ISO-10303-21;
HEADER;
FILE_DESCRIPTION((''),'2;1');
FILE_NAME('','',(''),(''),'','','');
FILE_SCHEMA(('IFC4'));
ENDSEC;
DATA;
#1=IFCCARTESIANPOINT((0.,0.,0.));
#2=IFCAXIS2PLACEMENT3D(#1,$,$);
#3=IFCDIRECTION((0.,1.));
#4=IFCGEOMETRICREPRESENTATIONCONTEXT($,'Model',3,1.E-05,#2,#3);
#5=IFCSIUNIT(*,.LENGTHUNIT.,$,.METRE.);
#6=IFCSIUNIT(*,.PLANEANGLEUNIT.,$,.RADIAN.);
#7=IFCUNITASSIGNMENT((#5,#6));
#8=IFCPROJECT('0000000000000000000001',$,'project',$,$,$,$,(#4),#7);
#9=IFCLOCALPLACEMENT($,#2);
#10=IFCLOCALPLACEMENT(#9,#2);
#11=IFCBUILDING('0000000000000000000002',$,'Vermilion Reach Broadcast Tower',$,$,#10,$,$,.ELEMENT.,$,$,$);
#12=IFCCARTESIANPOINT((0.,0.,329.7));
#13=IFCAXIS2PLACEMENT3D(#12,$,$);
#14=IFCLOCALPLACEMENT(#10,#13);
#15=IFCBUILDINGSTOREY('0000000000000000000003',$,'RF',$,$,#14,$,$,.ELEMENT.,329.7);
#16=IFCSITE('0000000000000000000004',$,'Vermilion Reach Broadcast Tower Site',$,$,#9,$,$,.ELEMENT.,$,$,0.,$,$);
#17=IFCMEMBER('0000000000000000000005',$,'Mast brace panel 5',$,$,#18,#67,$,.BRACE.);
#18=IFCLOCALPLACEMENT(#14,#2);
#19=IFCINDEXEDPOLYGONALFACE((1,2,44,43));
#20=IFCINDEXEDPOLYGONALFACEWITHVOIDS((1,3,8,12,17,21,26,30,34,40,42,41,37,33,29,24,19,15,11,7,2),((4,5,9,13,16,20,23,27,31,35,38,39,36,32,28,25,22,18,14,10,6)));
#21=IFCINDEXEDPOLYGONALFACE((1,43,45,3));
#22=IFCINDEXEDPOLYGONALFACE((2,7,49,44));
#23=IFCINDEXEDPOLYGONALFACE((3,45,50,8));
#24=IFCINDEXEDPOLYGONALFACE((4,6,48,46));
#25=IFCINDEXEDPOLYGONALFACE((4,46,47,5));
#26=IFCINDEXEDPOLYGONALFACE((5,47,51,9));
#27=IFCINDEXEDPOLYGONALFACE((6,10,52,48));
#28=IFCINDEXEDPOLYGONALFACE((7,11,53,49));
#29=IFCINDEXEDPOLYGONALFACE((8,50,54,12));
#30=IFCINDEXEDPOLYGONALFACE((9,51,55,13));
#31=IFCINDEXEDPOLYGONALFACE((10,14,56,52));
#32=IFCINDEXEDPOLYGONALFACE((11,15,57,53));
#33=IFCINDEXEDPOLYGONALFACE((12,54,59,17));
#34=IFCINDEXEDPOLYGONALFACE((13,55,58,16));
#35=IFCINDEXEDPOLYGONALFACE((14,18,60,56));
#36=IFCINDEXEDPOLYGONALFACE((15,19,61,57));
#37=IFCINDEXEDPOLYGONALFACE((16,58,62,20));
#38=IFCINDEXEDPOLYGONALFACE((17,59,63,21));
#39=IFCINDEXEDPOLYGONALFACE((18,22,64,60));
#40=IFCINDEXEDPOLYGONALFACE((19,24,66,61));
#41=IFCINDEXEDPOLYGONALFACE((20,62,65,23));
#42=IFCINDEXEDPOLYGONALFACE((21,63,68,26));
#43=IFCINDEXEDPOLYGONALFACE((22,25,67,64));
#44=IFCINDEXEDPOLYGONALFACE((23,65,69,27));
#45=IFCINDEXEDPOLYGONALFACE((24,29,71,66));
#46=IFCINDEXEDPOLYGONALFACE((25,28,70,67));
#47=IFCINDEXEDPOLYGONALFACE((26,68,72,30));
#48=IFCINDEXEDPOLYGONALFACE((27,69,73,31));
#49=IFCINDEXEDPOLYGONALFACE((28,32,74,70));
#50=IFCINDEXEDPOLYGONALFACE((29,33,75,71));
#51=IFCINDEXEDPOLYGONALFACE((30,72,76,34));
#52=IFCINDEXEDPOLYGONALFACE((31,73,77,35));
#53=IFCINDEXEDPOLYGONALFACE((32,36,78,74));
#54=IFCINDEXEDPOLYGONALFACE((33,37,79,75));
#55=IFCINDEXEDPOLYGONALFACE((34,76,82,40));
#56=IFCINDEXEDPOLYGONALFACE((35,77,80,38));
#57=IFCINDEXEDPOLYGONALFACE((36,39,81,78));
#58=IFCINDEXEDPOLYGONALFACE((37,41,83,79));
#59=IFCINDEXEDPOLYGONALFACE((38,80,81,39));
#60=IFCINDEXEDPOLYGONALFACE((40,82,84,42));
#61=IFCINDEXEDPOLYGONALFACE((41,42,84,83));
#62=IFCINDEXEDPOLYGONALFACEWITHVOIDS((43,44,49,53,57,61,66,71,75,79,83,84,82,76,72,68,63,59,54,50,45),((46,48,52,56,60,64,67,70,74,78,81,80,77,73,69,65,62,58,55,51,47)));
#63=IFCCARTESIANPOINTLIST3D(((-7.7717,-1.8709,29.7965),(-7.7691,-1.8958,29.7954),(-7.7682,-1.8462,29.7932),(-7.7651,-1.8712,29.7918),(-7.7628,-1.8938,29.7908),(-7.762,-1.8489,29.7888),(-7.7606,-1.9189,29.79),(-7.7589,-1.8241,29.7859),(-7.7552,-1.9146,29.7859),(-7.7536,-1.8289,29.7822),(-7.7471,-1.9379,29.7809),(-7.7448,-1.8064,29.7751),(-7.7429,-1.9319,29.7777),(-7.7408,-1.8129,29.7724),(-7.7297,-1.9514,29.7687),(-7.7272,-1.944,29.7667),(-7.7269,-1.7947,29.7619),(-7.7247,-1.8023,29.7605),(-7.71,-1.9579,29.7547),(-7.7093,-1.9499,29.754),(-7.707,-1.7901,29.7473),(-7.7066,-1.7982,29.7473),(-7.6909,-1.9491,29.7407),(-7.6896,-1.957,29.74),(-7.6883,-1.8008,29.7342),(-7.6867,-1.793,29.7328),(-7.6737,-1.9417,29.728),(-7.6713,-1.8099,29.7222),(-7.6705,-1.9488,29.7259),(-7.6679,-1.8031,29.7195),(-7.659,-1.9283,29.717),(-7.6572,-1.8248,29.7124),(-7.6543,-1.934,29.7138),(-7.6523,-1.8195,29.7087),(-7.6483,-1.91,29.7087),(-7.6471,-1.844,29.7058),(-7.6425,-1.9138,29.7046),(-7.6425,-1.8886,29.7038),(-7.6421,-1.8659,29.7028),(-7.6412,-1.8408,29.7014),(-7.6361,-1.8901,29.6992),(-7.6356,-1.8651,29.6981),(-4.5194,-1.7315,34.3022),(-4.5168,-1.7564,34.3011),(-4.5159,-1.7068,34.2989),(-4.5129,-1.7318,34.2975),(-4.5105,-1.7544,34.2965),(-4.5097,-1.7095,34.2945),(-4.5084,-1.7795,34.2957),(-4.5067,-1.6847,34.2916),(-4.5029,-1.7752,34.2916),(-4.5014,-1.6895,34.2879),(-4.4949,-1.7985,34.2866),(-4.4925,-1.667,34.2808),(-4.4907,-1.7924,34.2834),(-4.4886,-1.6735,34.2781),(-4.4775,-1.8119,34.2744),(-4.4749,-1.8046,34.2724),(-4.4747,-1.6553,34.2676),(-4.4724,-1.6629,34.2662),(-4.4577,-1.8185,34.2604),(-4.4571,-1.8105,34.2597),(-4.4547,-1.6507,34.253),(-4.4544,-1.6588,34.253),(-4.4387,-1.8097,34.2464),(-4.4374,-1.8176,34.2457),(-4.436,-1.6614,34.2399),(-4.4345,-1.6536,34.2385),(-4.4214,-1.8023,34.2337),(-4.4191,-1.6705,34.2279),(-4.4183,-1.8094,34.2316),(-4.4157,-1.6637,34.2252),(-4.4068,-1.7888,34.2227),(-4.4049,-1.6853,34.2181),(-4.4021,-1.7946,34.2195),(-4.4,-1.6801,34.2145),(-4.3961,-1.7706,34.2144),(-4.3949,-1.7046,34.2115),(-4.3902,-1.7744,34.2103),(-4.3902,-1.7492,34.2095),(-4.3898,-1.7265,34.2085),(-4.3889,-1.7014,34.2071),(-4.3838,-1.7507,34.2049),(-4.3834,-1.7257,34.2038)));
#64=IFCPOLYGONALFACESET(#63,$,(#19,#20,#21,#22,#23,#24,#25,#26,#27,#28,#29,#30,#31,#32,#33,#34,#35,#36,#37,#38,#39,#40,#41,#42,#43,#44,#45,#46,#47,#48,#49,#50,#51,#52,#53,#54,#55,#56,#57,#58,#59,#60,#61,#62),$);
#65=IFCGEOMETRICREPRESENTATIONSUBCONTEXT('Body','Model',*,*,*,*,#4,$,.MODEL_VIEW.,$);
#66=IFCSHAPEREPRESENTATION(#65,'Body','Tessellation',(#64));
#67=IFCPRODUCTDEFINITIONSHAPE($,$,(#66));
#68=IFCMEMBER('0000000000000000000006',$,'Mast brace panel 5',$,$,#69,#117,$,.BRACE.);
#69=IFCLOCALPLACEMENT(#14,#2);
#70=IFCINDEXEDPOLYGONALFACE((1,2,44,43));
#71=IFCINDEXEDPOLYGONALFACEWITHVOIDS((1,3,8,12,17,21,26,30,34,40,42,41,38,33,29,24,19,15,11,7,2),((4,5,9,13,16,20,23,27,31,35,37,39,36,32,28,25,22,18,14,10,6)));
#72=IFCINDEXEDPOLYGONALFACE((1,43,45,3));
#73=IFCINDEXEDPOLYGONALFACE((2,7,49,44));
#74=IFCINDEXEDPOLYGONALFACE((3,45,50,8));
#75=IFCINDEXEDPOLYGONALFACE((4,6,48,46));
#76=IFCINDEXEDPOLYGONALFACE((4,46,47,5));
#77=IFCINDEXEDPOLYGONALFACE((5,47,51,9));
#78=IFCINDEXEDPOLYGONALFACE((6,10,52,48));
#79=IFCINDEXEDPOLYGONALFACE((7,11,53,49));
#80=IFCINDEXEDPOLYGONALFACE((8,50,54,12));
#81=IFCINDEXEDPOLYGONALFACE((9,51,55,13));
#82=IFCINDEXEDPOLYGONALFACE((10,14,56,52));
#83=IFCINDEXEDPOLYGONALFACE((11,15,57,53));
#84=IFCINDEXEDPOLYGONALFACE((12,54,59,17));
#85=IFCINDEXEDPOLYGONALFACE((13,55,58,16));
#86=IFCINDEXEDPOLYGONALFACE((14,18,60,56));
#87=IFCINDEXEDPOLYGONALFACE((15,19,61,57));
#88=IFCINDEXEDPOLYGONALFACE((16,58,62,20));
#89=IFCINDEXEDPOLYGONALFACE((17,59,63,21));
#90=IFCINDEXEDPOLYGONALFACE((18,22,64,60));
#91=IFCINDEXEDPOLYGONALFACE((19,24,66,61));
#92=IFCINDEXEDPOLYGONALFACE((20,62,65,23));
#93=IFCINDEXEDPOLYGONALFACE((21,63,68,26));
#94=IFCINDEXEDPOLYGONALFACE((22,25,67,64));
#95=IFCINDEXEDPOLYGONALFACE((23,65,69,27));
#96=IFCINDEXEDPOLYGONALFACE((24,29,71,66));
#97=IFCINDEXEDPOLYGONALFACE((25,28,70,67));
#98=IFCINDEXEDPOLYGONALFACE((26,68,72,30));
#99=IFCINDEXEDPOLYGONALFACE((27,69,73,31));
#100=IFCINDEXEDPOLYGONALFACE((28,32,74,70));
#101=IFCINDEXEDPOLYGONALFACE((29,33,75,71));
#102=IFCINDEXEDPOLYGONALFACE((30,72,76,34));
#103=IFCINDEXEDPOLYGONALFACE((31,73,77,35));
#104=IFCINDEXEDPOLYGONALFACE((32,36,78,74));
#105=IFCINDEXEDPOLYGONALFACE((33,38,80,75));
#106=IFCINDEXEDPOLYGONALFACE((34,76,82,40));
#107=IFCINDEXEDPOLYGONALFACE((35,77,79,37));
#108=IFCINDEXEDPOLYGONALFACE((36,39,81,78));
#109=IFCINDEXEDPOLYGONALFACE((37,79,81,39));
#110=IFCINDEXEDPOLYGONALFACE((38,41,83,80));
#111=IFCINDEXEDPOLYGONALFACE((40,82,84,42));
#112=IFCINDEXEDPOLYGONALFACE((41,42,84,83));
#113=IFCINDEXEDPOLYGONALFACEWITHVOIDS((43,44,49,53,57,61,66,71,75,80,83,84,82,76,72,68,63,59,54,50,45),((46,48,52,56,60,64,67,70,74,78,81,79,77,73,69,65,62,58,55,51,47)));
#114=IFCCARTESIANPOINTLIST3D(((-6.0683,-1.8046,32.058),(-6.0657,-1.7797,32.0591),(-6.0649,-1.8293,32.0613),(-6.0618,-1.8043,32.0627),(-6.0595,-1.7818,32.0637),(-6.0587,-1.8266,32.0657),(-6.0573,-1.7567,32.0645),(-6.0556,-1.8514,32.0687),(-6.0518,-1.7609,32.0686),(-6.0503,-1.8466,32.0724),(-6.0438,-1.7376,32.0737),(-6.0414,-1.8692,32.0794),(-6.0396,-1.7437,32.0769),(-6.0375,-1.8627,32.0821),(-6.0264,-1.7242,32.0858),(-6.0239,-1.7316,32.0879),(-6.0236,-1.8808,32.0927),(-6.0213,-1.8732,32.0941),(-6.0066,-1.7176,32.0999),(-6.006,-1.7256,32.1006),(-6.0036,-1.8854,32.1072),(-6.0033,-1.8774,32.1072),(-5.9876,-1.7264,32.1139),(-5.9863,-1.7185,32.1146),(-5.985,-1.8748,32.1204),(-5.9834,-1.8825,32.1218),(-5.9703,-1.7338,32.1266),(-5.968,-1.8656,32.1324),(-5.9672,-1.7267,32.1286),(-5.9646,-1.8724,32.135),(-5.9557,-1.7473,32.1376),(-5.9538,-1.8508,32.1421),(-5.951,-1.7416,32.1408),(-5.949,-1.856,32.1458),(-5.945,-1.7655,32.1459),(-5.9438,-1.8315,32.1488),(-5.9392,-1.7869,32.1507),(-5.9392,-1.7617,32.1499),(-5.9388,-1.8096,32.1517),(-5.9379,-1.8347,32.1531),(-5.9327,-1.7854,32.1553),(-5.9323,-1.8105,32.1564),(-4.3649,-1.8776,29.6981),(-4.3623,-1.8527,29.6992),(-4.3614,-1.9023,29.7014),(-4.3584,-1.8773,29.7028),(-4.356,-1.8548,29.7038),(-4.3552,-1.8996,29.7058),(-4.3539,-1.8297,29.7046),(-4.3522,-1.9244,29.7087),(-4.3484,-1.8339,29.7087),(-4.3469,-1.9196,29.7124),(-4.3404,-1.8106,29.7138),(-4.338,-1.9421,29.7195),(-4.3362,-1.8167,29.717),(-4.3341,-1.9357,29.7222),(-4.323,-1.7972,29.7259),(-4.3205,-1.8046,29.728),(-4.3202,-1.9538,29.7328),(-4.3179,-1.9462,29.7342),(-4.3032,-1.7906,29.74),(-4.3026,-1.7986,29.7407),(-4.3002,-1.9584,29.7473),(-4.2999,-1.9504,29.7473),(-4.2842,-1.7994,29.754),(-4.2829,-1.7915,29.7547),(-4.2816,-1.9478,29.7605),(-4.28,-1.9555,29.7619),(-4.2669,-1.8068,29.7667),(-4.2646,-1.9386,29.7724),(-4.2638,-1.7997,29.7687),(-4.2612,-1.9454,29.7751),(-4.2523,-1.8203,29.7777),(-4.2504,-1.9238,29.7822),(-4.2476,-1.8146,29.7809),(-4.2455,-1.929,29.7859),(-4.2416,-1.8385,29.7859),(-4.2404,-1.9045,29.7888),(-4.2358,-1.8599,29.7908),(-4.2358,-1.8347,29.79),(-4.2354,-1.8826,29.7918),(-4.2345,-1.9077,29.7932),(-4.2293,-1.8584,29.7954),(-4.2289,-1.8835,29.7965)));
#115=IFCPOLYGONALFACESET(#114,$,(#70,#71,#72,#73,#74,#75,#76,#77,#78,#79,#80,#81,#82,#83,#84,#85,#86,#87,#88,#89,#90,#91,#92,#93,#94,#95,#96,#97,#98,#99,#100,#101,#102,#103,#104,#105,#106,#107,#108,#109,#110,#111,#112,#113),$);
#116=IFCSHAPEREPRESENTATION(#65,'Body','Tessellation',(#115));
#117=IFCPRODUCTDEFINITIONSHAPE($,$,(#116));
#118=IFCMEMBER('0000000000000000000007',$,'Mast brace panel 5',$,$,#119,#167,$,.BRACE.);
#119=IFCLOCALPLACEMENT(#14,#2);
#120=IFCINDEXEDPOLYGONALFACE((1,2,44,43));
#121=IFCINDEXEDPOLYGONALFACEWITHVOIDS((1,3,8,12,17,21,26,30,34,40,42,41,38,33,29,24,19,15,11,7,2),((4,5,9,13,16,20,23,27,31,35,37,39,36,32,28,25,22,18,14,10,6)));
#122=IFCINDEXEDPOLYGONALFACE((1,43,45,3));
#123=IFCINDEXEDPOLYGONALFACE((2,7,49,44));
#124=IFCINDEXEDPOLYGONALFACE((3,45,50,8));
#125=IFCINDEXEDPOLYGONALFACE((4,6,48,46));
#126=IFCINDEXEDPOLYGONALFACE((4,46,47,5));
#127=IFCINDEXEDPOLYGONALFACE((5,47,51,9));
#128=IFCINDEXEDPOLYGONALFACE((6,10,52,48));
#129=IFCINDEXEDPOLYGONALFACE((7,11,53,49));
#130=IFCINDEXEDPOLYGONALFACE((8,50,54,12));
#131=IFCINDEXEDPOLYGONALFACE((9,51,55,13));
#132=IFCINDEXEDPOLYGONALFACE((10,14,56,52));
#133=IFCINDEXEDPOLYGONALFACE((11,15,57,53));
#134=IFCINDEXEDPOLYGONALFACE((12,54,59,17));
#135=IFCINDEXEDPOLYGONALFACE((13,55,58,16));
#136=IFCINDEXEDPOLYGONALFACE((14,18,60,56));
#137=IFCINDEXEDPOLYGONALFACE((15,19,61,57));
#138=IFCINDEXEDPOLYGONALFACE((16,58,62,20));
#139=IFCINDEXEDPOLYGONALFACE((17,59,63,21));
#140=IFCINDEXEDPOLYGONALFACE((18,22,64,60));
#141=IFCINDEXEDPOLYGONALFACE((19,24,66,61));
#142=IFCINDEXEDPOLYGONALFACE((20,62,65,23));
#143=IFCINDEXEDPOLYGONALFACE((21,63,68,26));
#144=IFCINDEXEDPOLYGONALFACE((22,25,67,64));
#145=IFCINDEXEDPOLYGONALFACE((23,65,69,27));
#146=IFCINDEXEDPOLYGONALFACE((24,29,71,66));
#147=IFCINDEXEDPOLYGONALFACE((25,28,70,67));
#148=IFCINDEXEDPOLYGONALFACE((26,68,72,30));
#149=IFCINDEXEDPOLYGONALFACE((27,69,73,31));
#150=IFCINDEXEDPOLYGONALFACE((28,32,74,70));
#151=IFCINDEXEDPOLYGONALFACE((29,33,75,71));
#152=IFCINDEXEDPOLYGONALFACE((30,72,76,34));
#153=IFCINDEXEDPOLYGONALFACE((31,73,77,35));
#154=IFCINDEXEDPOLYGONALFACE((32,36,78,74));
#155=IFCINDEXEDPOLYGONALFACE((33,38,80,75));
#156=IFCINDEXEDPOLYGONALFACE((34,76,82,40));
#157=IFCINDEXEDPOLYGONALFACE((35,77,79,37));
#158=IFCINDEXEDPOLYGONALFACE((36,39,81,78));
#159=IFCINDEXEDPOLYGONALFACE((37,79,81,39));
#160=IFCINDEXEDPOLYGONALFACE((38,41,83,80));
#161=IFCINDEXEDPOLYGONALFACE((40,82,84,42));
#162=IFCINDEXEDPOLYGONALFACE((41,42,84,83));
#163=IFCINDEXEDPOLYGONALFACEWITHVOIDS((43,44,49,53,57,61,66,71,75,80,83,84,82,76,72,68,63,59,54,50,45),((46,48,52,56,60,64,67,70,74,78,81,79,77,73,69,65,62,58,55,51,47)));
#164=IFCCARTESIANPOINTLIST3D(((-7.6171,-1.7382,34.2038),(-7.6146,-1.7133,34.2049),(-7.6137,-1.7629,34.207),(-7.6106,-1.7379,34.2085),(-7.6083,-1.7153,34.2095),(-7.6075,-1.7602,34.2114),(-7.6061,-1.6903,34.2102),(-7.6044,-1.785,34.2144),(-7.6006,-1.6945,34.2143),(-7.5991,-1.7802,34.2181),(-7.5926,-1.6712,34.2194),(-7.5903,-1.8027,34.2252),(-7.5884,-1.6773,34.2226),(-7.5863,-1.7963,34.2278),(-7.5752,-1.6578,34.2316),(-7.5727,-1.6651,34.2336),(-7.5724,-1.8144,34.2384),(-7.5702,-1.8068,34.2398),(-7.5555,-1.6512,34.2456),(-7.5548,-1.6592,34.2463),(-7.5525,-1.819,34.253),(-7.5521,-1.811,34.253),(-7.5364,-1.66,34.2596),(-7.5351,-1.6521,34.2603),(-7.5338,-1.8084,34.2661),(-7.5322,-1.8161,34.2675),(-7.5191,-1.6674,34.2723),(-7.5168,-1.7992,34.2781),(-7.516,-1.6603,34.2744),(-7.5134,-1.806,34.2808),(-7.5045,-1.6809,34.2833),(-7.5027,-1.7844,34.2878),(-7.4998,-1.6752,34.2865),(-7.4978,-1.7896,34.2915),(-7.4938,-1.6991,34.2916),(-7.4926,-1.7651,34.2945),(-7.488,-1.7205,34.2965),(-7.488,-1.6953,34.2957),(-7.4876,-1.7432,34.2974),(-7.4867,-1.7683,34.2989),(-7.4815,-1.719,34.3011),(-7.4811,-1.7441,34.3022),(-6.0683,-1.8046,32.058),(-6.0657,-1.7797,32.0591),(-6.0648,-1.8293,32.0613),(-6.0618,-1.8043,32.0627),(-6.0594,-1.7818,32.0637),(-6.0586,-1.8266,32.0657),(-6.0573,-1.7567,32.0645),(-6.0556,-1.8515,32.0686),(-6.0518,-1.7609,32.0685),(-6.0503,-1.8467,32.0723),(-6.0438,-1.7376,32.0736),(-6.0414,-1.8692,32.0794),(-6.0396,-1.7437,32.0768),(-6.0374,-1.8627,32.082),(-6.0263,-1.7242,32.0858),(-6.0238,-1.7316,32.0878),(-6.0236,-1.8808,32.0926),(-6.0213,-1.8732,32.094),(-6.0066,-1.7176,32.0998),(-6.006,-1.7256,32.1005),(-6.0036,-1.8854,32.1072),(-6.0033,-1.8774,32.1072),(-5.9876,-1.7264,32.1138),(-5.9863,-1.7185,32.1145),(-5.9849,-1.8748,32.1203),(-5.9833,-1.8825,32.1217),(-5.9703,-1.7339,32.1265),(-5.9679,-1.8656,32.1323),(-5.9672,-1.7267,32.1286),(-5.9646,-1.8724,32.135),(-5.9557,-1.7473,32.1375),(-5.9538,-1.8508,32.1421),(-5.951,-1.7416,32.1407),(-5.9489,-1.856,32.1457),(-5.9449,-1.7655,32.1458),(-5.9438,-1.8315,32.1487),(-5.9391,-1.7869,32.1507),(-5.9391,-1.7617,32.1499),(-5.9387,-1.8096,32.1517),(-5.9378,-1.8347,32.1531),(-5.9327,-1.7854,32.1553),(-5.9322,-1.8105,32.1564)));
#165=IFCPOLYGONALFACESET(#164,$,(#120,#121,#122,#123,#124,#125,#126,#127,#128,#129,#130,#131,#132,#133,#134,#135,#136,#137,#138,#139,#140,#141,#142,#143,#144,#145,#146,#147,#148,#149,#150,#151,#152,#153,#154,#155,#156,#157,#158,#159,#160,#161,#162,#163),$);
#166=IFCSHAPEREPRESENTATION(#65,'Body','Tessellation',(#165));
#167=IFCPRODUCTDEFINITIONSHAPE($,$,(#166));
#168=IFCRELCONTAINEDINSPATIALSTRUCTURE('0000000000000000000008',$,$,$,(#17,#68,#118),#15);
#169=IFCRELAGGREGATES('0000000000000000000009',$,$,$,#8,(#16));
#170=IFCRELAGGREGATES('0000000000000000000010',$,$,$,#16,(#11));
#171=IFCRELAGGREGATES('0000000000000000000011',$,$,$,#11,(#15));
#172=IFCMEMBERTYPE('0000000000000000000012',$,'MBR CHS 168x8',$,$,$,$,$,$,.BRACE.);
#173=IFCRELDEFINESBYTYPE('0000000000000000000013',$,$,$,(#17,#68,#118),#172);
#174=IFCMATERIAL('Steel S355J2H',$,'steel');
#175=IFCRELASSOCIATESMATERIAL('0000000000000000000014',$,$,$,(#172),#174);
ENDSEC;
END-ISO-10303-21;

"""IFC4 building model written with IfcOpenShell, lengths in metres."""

from ifc_helpers import new_model, si_unit, direction, frame, origin, origin_2d, place, context, subcontext, project, spatial, hollow_circle, extrude, material, material_profile, profile_set, type_object, element, save


model = new_model("IFC4")

# Units and contexts
model_context = context("Model", 3, precision=1e-05, world=origin(), true_north=direction((0.0, 1.0)))
body_context = subcontext(model_context, "Body", "Model", "MODEL_VIEW")
ifc_project = project(units=[si_unit("LENGTHUNIT", "METRE"), si_unit("PLANEANGLEUNIT", "RADIAN")], contexts=[model_context])

# Site, building, storey
site_placement = place(None, origin())
site = spatial("IfcSite", under=ifc_project, at=site_placement, Name="Vermilion Reach Broadcast Tower Site", CompositionType="ELEMENT", RefElevation=0.0)
building_placement = place(site_placement, origin())
building = spatial("IfcBuilding", under=site, at=building_placement, Name="Vermilion Reach Broadcast Tower", CompositionType="ELEMENT")
storey_placement = place(building_placement, frame((0.0, 0.0, 329.7)))
storey = spatial("IfcBuildingStorey", under=building, at=storey_placement, Name="RF", CompositionType="ELEMENT", Elevation=329.7)

# Members
ifc_material_1 = material(Name="Steel S355J2H", Category="steel")
ifc_material_profile_1 = material_profile(ifc_material_1, hollow_circle(Radius=0.0842, WallThickness=0.0081, at=origin_2d()), Name="S355J2H CHS 168x8")
ifc_profile_set_1 = profile_set([ifc_material_profile_1], Name="Steel S355J2H")
member_type_1 = type_object("IfcMemberType", Name="MBR CHS 168x8", PredefinedType="BRACE", material=ifc_profile_set_1)
member_1_placement = place(storey_placement, frame((-7.7034, -1.8743, 29.7473), z_axis=(0.585087, 0.02508, 0.810583), x_axis=(-0.042825, 0.999083, 0.0)))
element("IfcMember", 1, at=member_1_placement, inside=storey, type_object=member_type_1, Name="Mast brace panel 5", PredefinedType="BRACE", context=body_context, shape_type="SweptSolid", body=[
    extrude(hollow_circle(Radius=0.0842, WallThickness=0.0081, at=origin_2d()), origin(), (0.0, 0.0, 1.0), 5.5586),
])
member_2_placement = place(storey_placement, frame((-4.2966, -1.8743, 29.7473), z_axis=(-0.585086, 0.025074, 0.810584), x_axis=(-0.042816, -0.999083, 0.0)))
element("IfcMember", 2, at=member_2_placement, inside=storey, type_object=member_type_1, Name="Mast brace panel 5", PredefinedType="BRACE", context=body_context, shape_type="SweptSolid", body=[
    extrude(hollow_circle(Radius=0.0842, WallThickness=0.0081, at=origin_2d()), origin(), (0.0, 0.0, 1.0), 2.9114),
])
member_3_placement = place(storey_placement, frame((-6.0, -1.8013, 32.1072), z_axis=(-0.585087, 0.025086, 0.810582), x_axis=(-0.042836, -0.999082, 0.0)))
element("IfcMember", 3, at=member_3_placement, inside=storey, type_object=member_type_1, Name="Mast brace panel 5", PredefinedType="BRACE", context=body_context, shape_type="SweptSolid", body=[
    extrude(hollow_circle(Radius=0.0842, WallThickness=0.0081, at=origin_2d()), origin(), (0.0, 0.0, 1.0), 2.6472),
])

save(model, "model.ifc")
